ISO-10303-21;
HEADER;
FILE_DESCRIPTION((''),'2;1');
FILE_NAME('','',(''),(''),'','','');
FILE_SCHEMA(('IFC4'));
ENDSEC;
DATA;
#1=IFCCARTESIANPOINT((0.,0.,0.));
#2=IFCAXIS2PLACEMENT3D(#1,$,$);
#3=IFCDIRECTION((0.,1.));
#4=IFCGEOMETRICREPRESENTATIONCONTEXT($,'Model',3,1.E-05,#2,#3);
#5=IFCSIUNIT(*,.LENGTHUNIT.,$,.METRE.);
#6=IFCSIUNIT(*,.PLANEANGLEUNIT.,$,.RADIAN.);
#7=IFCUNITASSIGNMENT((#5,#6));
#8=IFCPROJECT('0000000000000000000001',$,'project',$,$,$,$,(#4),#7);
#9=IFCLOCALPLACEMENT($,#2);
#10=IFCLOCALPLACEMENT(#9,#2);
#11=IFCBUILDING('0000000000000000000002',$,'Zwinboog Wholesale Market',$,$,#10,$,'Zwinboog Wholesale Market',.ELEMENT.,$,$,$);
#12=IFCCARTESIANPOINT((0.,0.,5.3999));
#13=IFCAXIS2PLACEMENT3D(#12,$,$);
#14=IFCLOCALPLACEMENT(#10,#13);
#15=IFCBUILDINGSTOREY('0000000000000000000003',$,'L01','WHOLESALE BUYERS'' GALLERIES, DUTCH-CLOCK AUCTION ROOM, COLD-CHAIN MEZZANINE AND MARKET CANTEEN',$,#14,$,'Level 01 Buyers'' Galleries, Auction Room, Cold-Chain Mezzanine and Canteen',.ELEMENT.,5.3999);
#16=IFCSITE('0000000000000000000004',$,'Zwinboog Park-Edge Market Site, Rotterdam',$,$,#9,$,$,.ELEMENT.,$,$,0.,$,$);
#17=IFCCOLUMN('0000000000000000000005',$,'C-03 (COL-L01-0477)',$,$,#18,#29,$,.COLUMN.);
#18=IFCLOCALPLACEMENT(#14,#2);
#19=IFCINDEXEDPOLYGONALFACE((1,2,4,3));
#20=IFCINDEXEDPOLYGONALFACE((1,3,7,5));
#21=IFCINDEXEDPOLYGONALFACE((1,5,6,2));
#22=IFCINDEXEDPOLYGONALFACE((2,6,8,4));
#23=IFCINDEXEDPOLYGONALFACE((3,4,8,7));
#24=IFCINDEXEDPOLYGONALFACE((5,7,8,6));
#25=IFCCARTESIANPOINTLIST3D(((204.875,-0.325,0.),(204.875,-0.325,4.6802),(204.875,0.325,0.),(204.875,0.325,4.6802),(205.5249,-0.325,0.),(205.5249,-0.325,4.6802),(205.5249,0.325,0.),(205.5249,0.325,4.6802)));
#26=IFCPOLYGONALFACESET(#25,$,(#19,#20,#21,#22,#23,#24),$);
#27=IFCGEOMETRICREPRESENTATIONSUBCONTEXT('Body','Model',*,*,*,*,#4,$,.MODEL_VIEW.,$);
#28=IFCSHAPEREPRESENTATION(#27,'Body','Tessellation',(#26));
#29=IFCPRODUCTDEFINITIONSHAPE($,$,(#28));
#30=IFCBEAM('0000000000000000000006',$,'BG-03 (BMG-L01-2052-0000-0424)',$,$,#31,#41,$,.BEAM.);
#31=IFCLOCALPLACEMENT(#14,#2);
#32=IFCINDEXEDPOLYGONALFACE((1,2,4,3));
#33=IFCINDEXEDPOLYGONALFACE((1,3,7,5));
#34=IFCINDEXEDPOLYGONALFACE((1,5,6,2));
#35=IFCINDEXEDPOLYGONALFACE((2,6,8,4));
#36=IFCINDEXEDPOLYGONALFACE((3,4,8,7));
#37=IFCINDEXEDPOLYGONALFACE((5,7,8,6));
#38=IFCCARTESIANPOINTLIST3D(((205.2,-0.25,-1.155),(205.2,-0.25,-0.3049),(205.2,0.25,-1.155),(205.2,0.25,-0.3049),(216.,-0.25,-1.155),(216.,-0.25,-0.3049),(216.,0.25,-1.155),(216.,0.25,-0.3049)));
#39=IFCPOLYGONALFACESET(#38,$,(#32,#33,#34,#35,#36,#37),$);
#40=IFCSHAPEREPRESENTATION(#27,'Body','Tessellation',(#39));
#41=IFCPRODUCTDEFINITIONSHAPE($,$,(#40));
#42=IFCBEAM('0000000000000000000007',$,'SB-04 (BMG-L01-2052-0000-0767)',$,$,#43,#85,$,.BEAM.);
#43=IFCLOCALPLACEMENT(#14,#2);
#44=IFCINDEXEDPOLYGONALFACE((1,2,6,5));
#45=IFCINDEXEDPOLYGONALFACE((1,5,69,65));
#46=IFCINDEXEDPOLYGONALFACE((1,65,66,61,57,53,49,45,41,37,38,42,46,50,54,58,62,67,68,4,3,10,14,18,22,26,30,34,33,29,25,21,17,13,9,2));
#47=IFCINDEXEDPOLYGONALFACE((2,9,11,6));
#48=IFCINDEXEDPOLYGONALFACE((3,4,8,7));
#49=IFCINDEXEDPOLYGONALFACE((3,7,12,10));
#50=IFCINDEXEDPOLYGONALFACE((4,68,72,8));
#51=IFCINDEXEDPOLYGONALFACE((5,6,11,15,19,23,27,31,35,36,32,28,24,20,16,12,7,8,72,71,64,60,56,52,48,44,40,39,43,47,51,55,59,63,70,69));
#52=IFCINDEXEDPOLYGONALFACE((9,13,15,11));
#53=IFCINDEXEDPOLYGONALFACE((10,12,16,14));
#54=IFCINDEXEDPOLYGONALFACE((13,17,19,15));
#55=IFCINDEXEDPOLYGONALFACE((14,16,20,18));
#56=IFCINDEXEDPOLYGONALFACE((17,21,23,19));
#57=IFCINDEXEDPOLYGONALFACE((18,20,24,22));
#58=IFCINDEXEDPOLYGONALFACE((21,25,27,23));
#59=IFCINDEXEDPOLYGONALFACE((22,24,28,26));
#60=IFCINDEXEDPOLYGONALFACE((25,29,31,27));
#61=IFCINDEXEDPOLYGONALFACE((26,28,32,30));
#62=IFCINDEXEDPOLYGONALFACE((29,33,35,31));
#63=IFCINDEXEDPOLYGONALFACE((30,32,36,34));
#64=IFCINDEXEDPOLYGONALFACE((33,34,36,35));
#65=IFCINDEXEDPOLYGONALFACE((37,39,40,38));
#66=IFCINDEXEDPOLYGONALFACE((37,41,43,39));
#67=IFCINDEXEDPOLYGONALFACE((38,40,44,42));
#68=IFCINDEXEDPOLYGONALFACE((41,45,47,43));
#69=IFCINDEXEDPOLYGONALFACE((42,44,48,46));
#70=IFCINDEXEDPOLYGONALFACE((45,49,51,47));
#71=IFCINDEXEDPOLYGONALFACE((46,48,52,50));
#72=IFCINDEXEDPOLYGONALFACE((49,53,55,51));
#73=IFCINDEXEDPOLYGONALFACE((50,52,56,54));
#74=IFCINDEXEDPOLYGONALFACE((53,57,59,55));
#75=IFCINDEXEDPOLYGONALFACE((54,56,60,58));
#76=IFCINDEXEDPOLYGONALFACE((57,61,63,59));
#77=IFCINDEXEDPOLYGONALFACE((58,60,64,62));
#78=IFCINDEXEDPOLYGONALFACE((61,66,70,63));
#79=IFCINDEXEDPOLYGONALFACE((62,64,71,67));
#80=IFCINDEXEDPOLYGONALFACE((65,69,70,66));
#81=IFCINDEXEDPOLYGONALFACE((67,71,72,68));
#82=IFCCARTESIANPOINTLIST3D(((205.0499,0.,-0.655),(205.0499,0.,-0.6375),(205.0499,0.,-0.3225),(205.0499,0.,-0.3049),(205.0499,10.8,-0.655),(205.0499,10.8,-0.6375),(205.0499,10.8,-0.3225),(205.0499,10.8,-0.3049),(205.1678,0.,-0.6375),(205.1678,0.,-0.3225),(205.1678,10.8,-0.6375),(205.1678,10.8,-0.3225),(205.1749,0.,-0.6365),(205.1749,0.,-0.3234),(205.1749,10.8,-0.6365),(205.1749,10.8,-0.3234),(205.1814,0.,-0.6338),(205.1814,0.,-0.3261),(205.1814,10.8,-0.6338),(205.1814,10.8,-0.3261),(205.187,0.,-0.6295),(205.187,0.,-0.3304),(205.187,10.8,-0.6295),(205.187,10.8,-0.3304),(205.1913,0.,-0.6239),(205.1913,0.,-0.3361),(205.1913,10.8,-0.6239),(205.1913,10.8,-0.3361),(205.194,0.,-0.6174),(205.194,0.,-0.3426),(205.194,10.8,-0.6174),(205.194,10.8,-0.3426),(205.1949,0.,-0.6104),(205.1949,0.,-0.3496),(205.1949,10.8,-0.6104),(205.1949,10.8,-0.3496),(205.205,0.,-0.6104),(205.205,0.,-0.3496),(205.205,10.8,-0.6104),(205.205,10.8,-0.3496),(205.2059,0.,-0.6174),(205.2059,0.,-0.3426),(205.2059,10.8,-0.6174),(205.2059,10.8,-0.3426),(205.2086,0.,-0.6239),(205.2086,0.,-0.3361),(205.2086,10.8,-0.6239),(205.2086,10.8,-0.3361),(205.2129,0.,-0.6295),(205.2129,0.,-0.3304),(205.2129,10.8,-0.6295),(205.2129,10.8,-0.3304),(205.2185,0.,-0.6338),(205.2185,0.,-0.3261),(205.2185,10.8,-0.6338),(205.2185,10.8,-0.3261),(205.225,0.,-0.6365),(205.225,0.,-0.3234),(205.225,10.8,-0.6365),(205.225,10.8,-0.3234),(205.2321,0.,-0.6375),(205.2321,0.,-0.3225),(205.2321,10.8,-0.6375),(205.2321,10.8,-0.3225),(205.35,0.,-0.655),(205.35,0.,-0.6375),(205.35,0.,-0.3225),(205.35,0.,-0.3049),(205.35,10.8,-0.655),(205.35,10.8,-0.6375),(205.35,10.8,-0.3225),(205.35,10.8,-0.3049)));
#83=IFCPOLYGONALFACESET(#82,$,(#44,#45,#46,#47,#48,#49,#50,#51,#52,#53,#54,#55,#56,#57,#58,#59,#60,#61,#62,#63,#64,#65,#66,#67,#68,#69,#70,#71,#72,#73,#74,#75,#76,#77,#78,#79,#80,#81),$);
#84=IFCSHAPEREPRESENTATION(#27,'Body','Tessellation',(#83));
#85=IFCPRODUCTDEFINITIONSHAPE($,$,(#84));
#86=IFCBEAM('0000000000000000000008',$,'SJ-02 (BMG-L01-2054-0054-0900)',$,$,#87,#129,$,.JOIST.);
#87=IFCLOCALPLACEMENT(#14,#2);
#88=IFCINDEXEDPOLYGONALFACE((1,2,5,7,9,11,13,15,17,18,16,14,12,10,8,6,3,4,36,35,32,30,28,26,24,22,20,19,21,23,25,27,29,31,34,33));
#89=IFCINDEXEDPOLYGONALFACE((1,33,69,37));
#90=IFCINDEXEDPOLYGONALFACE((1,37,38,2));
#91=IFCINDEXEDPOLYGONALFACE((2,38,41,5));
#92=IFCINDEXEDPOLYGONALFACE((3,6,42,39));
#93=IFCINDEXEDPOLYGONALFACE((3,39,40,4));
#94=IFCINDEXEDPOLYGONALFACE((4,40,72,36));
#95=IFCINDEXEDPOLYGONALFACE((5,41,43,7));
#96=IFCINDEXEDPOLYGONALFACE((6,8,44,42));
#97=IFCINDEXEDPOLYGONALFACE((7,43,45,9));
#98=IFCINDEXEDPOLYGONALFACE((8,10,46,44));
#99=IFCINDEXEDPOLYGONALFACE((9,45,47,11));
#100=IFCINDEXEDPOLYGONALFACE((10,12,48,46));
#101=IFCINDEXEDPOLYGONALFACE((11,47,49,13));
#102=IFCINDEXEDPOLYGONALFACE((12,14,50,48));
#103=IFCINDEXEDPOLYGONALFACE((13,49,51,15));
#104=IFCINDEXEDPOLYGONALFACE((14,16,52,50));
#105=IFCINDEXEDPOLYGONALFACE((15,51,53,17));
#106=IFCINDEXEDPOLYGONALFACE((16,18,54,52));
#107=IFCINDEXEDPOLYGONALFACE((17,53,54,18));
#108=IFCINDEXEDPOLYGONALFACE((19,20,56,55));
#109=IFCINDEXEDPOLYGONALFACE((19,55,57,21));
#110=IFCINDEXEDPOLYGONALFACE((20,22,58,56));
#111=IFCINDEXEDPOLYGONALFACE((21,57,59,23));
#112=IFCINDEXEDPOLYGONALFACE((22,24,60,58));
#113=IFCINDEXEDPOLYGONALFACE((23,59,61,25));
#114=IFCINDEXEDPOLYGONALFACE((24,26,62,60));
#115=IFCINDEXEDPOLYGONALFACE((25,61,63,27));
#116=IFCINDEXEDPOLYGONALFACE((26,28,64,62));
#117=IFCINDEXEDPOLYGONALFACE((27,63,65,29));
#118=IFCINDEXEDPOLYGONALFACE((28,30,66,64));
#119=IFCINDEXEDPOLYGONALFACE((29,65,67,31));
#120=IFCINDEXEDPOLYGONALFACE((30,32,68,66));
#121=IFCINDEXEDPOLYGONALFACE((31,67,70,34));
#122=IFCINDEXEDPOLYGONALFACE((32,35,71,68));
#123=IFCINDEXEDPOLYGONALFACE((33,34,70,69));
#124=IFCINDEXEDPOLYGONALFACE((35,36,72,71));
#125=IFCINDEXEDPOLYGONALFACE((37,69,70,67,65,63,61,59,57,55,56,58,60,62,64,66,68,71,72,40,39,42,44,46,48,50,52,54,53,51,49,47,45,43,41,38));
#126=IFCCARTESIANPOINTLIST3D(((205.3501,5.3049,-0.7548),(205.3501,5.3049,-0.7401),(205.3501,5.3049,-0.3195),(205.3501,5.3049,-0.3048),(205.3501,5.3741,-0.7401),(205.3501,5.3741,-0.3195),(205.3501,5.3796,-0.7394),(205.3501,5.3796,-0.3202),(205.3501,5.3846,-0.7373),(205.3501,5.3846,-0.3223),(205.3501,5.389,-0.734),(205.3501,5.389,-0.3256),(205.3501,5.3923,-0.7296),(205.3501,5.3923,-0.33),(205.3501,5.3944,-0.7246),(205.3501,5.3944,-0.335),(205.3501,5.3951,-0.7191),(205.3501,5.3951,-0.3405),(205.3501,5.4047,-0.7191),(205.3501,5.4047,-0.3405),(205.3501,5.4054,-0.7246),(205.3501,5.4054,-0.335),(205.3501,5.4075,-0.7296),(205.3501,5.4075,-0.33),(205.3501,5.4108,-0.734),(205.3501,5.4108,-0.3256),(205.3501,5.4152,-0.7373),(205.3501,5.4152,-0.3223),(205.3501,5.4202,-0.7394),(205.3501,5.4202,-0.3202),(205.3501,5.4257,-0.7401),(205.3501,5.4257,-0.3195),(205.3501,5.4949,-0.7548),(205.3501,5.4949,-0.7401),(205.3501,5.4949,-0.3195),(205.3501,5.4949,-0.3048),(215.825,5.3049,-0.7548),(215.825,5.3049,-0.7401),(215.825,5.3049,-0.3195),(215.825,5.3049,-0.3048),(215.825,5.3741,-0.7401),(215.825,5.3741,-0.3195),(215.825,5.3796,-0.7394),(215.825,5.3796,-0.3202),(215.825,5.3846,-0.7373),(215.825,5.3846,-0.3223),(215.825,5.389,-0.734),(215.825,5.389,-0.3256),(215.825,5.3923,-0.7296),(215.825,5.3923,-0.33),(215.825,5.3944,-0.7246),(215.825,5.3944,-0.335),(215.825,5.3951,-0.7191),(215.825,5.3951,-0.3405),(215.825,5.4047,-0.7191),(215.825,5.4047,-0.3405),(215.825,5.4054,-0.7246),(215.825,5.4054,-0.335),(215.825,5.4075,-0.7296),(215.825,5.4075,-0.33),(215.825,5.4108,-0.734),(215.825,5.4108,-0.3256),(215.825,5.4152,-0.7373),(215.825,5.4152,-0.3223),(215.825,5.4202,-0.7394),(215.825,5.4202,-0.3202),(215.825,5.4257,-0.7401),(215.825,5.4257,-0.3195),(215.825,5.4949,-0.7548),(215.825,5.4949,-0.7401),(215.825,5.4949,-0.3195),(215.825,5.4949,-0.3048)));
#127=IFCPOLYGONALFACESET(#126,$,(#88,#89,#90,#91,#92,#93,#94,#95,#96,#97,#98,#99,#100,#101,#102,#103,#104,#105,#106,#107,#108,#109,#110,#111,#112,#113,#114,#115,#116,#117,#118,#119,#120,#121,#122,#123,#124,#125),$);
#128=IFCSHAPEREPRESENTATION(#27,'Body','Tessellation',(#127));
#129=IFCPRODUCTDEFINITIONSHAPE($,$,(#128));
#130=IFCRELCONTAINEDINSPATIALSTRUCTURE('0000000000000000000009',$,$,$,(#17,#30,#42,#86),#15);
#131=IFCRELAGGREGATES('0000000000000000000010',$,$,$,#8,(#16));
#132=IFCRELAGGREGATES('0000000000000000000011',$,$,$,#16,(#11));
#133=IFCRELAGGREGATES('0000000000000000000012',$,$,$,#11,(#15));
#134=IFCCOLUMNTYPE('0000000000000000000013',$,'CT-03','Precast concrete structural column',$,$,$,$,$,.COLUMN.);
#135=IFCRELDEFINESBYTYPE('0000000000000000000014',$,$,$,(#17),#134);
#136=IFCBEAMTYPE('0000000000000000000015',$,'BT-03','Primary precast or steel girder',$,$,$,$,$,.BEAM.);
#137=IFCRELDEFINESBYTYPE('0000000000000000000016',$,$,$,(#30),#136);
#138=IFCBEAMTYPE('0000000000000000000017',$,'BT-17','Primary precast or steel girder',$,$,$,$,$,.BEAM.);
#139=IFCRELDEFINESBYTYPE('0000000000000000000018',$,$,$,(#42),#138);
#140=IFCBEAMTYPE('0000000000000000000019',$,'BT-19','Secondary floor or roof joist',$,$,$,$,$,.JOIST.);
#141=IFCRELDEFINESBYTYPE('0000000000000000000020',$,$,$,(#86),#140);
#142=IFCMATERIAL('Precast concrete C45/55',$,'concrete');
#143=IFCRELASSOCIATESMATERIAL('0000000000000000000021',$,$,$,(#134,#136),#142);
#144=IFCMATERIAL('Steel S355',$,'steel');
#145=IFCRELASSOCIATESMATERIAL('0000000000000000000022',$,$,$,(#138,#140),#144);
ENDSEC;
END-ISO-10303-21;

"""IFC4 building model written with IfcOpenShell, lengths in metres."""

from ifc_helpers import new_model, si_unit, direction, frame, origin, origin_2d, place, context, subcontext, project, spatial, rectangle, i_section, extrude, material, material_profile, profile_set, type_object, element, save


model = new_model("IFC4")

# Units and contexts
model_context = context("Model", 3, precision=1e-05, world=origin(), true_north=direction((0.0, 1.0)))
body_context = subcontext(model_context, "Body", "Model", "MODEL_VIEW")
ifc_project = project(units=[si_unit("LENGTHUNIT", "METRE"), si_unit("PLANEANGLEUNIT", "RADIAN")], contexts=[model_context])

# Site, building, storey
site_placement = place(None, origin())
site = spatial("IfcSite", under=ifc_project, at=site_placement, Name="Zwinboog Park-Edge Market Site, Rotterdam", CompositionType="ELEMENT", RefElevation=0.0)
building_placement = place(site_placement, origin())
building = spatial("IfcBuilding", under=site, at=building_placement, Name="Zwinboog Wholesale Market", LongName="Zwinboog Wholesale Market", CompositionType="ELEMENT")
storey_placement = place(building_placement, frame((0.0, 0.0, 5.3999)))
storey = spatial("IfcBuildingStorey", under=building, at=storey_placement, Name="L01", Description="WHOLESALE BUYERS' GALLERIES, DUTCH-CLOCK AUCTION ROOM, COLD-CHAIN MEZZANINE AND MARKET CANTEEN", LongName="Level 01 Buyers' Galleries, Auction Room, Cold-Chain Mezzanine and Canteen", CompositionType="ELEMENT", Elevation=5.3999)

# Column
ifc_material_1 = material(Name="Precast concrete C45/55", Category="concrete")
ifc_material_profile_1 = material_profile(ifc_material_1, rectangle(XDim=0.6499, YDim=0.6499, at=origin_2d()), Name="PC 650x650")
ifc_profile_set_1 = profile_set([ifc_material_profile_1], Name="Precast concrete C45/55")
column_type = type_object("IfcColumnType", Name="CT-03", Description="Precast concrete structural column", PredefinedType="COLUMN", material=ifc_profile_set_1)
column_placement = place(storey_placement, frame((205.2, 0.0, 0.0), z_axis=(0.0, 0.0, 1.0), x_axis=(1.0, 0.0, 0.0)))
element("IfcColumn", 1, at=column_placement, inside=storey, type_object=column_type, Name="C-03 (COL-L01-0477)", PredefinedType="COLUMN", context=body_context, shape_type="SweptSolid", body=[
    extrude(rectangle(XDim=0.6499, YDim=0.6499, at=origin_2d()), origin(), (0.0, 0.0, 1.0), 4.6802),
])

# Beams
ifc_material_profile_2 = material_profile(ifc_material_1, rectangle(XDim=0.5, YDim=0.8501, at=origin_2d()), Name="PC 500x850")
ifc_profile_set_2 = profile_set([ifc_material_profile_2], Name="Precast concrete C45/55")
beam_type_1 = type_object("IfcBeamType", Name="BT-03", Description="Primary precast or steel girder", PredefinedType="BEAM", material=ifc_profile_set_2)
beam_1_placement = place(storey_placement, frame((205.2, 0.0, -0.73), z_axis=(1.0, 0.0, 0.0), x_axis=(0.0, 1.0, 0.0)))
element("IfcBeam", 2, at=beam_1_placement, inside=storey, type_object=beam_type_1, Name="BG-03 (BMG-L01-2052-0000-0424)", PredefinedType="BEAM", context=body_context, shape_type="SweptSolid", body=[
    extrude(rectangle(XDim=0.5, YDim=0.8501, at=origin_2d()), origin(), (0.0, 0.0, 1.0), 10.8),
])
ifc_material_2 = material(Name="Steel S355", Category="steel")
ifc_material_profile_3 = material_profile(ifc_material_2, i_section(OverallWidth=0.3, OverallDepth=0.3501, WebThickness=0.01, FlangeThickness=0.0176, FilletRadius=0.0271, at=origin_2d()), Name="HEA 360")
ifc_profile_set_3 = profile_set([ifc_material_profile_3], Name="Steel S355")
beam_type_2 = type_object("IfcBeamType", Name="BT-17", Description="Primary precast or steel girder", PredefinedType="BEAM", material=ifc_profile_set_3)
beam_2_placement = place(storey_placement, frame((205.2, 0.0, -0.48), z_axis=(0.0, 1.0, 0.0), x_axis=(-1.0, 0.0, 0.0)))
element("IfcBeam", 3, at=beam_2_placement, inside=storey, type_object=beam_type_2, Name="SB-04 (BMG-L01-2052-0000-0767)", PredefinedType="BEAM", context=body_context, shape_type="SweptSolid", body=[
    extrude(i_section(OverallWidth=0.3, OverallDepth=0.3501, WebThickness=0.01, FlangeThickness=0.0176, FilletRadius=0.0271, at=origin_2d()), origin(), (0.0, 0.0, 1.0), 10.8),
])
ifc_material_profile_4 = material_profile(ifc_material_2, i_section(OverallWidth=0.1899, OverallDepth=0.45, WebThickness=0.0095, FlangeThickness=0.0146, FilletRadius=0.021, at=origin_2d()), Name="IPE 450")
ifc_profile_set_4 = profile_set([ifc_material_profile_4], Name="Steel S355")
beam_type_3 = type_object("IfcBeamType", Name="BT-19", Description="Secondary floor or roof joist", PredefinedType="JOIST", material=ifc_profile_set_4)
beam_3_placement = place(storey_placement, frame((205.3501, 5.3999, -0.5298), z_axis=(1.0, 0.0, 0.0), x_axis=(0.0, 1.0, 0.0)))
element("IfcBeam", 4, at=beam_3_placement, inside=storey, type_object=beam_type_3, Name="SJ-02 (BMG-L01-2054-0054-0900)", PredefinedType="JOIST", context=body_context, shape_type="SweptSolid", body=[
    extrude(i_section(OverallWidth=0.1899, OverallDepth=0.45, WebThickness=0.0095, FlangeThickness=0.0146, FilletRadius=0.021, at=origin_2d()), origin(), (0.0, 0.0, 1.0), 10.4749),
])

save(model, "model.ifc")
